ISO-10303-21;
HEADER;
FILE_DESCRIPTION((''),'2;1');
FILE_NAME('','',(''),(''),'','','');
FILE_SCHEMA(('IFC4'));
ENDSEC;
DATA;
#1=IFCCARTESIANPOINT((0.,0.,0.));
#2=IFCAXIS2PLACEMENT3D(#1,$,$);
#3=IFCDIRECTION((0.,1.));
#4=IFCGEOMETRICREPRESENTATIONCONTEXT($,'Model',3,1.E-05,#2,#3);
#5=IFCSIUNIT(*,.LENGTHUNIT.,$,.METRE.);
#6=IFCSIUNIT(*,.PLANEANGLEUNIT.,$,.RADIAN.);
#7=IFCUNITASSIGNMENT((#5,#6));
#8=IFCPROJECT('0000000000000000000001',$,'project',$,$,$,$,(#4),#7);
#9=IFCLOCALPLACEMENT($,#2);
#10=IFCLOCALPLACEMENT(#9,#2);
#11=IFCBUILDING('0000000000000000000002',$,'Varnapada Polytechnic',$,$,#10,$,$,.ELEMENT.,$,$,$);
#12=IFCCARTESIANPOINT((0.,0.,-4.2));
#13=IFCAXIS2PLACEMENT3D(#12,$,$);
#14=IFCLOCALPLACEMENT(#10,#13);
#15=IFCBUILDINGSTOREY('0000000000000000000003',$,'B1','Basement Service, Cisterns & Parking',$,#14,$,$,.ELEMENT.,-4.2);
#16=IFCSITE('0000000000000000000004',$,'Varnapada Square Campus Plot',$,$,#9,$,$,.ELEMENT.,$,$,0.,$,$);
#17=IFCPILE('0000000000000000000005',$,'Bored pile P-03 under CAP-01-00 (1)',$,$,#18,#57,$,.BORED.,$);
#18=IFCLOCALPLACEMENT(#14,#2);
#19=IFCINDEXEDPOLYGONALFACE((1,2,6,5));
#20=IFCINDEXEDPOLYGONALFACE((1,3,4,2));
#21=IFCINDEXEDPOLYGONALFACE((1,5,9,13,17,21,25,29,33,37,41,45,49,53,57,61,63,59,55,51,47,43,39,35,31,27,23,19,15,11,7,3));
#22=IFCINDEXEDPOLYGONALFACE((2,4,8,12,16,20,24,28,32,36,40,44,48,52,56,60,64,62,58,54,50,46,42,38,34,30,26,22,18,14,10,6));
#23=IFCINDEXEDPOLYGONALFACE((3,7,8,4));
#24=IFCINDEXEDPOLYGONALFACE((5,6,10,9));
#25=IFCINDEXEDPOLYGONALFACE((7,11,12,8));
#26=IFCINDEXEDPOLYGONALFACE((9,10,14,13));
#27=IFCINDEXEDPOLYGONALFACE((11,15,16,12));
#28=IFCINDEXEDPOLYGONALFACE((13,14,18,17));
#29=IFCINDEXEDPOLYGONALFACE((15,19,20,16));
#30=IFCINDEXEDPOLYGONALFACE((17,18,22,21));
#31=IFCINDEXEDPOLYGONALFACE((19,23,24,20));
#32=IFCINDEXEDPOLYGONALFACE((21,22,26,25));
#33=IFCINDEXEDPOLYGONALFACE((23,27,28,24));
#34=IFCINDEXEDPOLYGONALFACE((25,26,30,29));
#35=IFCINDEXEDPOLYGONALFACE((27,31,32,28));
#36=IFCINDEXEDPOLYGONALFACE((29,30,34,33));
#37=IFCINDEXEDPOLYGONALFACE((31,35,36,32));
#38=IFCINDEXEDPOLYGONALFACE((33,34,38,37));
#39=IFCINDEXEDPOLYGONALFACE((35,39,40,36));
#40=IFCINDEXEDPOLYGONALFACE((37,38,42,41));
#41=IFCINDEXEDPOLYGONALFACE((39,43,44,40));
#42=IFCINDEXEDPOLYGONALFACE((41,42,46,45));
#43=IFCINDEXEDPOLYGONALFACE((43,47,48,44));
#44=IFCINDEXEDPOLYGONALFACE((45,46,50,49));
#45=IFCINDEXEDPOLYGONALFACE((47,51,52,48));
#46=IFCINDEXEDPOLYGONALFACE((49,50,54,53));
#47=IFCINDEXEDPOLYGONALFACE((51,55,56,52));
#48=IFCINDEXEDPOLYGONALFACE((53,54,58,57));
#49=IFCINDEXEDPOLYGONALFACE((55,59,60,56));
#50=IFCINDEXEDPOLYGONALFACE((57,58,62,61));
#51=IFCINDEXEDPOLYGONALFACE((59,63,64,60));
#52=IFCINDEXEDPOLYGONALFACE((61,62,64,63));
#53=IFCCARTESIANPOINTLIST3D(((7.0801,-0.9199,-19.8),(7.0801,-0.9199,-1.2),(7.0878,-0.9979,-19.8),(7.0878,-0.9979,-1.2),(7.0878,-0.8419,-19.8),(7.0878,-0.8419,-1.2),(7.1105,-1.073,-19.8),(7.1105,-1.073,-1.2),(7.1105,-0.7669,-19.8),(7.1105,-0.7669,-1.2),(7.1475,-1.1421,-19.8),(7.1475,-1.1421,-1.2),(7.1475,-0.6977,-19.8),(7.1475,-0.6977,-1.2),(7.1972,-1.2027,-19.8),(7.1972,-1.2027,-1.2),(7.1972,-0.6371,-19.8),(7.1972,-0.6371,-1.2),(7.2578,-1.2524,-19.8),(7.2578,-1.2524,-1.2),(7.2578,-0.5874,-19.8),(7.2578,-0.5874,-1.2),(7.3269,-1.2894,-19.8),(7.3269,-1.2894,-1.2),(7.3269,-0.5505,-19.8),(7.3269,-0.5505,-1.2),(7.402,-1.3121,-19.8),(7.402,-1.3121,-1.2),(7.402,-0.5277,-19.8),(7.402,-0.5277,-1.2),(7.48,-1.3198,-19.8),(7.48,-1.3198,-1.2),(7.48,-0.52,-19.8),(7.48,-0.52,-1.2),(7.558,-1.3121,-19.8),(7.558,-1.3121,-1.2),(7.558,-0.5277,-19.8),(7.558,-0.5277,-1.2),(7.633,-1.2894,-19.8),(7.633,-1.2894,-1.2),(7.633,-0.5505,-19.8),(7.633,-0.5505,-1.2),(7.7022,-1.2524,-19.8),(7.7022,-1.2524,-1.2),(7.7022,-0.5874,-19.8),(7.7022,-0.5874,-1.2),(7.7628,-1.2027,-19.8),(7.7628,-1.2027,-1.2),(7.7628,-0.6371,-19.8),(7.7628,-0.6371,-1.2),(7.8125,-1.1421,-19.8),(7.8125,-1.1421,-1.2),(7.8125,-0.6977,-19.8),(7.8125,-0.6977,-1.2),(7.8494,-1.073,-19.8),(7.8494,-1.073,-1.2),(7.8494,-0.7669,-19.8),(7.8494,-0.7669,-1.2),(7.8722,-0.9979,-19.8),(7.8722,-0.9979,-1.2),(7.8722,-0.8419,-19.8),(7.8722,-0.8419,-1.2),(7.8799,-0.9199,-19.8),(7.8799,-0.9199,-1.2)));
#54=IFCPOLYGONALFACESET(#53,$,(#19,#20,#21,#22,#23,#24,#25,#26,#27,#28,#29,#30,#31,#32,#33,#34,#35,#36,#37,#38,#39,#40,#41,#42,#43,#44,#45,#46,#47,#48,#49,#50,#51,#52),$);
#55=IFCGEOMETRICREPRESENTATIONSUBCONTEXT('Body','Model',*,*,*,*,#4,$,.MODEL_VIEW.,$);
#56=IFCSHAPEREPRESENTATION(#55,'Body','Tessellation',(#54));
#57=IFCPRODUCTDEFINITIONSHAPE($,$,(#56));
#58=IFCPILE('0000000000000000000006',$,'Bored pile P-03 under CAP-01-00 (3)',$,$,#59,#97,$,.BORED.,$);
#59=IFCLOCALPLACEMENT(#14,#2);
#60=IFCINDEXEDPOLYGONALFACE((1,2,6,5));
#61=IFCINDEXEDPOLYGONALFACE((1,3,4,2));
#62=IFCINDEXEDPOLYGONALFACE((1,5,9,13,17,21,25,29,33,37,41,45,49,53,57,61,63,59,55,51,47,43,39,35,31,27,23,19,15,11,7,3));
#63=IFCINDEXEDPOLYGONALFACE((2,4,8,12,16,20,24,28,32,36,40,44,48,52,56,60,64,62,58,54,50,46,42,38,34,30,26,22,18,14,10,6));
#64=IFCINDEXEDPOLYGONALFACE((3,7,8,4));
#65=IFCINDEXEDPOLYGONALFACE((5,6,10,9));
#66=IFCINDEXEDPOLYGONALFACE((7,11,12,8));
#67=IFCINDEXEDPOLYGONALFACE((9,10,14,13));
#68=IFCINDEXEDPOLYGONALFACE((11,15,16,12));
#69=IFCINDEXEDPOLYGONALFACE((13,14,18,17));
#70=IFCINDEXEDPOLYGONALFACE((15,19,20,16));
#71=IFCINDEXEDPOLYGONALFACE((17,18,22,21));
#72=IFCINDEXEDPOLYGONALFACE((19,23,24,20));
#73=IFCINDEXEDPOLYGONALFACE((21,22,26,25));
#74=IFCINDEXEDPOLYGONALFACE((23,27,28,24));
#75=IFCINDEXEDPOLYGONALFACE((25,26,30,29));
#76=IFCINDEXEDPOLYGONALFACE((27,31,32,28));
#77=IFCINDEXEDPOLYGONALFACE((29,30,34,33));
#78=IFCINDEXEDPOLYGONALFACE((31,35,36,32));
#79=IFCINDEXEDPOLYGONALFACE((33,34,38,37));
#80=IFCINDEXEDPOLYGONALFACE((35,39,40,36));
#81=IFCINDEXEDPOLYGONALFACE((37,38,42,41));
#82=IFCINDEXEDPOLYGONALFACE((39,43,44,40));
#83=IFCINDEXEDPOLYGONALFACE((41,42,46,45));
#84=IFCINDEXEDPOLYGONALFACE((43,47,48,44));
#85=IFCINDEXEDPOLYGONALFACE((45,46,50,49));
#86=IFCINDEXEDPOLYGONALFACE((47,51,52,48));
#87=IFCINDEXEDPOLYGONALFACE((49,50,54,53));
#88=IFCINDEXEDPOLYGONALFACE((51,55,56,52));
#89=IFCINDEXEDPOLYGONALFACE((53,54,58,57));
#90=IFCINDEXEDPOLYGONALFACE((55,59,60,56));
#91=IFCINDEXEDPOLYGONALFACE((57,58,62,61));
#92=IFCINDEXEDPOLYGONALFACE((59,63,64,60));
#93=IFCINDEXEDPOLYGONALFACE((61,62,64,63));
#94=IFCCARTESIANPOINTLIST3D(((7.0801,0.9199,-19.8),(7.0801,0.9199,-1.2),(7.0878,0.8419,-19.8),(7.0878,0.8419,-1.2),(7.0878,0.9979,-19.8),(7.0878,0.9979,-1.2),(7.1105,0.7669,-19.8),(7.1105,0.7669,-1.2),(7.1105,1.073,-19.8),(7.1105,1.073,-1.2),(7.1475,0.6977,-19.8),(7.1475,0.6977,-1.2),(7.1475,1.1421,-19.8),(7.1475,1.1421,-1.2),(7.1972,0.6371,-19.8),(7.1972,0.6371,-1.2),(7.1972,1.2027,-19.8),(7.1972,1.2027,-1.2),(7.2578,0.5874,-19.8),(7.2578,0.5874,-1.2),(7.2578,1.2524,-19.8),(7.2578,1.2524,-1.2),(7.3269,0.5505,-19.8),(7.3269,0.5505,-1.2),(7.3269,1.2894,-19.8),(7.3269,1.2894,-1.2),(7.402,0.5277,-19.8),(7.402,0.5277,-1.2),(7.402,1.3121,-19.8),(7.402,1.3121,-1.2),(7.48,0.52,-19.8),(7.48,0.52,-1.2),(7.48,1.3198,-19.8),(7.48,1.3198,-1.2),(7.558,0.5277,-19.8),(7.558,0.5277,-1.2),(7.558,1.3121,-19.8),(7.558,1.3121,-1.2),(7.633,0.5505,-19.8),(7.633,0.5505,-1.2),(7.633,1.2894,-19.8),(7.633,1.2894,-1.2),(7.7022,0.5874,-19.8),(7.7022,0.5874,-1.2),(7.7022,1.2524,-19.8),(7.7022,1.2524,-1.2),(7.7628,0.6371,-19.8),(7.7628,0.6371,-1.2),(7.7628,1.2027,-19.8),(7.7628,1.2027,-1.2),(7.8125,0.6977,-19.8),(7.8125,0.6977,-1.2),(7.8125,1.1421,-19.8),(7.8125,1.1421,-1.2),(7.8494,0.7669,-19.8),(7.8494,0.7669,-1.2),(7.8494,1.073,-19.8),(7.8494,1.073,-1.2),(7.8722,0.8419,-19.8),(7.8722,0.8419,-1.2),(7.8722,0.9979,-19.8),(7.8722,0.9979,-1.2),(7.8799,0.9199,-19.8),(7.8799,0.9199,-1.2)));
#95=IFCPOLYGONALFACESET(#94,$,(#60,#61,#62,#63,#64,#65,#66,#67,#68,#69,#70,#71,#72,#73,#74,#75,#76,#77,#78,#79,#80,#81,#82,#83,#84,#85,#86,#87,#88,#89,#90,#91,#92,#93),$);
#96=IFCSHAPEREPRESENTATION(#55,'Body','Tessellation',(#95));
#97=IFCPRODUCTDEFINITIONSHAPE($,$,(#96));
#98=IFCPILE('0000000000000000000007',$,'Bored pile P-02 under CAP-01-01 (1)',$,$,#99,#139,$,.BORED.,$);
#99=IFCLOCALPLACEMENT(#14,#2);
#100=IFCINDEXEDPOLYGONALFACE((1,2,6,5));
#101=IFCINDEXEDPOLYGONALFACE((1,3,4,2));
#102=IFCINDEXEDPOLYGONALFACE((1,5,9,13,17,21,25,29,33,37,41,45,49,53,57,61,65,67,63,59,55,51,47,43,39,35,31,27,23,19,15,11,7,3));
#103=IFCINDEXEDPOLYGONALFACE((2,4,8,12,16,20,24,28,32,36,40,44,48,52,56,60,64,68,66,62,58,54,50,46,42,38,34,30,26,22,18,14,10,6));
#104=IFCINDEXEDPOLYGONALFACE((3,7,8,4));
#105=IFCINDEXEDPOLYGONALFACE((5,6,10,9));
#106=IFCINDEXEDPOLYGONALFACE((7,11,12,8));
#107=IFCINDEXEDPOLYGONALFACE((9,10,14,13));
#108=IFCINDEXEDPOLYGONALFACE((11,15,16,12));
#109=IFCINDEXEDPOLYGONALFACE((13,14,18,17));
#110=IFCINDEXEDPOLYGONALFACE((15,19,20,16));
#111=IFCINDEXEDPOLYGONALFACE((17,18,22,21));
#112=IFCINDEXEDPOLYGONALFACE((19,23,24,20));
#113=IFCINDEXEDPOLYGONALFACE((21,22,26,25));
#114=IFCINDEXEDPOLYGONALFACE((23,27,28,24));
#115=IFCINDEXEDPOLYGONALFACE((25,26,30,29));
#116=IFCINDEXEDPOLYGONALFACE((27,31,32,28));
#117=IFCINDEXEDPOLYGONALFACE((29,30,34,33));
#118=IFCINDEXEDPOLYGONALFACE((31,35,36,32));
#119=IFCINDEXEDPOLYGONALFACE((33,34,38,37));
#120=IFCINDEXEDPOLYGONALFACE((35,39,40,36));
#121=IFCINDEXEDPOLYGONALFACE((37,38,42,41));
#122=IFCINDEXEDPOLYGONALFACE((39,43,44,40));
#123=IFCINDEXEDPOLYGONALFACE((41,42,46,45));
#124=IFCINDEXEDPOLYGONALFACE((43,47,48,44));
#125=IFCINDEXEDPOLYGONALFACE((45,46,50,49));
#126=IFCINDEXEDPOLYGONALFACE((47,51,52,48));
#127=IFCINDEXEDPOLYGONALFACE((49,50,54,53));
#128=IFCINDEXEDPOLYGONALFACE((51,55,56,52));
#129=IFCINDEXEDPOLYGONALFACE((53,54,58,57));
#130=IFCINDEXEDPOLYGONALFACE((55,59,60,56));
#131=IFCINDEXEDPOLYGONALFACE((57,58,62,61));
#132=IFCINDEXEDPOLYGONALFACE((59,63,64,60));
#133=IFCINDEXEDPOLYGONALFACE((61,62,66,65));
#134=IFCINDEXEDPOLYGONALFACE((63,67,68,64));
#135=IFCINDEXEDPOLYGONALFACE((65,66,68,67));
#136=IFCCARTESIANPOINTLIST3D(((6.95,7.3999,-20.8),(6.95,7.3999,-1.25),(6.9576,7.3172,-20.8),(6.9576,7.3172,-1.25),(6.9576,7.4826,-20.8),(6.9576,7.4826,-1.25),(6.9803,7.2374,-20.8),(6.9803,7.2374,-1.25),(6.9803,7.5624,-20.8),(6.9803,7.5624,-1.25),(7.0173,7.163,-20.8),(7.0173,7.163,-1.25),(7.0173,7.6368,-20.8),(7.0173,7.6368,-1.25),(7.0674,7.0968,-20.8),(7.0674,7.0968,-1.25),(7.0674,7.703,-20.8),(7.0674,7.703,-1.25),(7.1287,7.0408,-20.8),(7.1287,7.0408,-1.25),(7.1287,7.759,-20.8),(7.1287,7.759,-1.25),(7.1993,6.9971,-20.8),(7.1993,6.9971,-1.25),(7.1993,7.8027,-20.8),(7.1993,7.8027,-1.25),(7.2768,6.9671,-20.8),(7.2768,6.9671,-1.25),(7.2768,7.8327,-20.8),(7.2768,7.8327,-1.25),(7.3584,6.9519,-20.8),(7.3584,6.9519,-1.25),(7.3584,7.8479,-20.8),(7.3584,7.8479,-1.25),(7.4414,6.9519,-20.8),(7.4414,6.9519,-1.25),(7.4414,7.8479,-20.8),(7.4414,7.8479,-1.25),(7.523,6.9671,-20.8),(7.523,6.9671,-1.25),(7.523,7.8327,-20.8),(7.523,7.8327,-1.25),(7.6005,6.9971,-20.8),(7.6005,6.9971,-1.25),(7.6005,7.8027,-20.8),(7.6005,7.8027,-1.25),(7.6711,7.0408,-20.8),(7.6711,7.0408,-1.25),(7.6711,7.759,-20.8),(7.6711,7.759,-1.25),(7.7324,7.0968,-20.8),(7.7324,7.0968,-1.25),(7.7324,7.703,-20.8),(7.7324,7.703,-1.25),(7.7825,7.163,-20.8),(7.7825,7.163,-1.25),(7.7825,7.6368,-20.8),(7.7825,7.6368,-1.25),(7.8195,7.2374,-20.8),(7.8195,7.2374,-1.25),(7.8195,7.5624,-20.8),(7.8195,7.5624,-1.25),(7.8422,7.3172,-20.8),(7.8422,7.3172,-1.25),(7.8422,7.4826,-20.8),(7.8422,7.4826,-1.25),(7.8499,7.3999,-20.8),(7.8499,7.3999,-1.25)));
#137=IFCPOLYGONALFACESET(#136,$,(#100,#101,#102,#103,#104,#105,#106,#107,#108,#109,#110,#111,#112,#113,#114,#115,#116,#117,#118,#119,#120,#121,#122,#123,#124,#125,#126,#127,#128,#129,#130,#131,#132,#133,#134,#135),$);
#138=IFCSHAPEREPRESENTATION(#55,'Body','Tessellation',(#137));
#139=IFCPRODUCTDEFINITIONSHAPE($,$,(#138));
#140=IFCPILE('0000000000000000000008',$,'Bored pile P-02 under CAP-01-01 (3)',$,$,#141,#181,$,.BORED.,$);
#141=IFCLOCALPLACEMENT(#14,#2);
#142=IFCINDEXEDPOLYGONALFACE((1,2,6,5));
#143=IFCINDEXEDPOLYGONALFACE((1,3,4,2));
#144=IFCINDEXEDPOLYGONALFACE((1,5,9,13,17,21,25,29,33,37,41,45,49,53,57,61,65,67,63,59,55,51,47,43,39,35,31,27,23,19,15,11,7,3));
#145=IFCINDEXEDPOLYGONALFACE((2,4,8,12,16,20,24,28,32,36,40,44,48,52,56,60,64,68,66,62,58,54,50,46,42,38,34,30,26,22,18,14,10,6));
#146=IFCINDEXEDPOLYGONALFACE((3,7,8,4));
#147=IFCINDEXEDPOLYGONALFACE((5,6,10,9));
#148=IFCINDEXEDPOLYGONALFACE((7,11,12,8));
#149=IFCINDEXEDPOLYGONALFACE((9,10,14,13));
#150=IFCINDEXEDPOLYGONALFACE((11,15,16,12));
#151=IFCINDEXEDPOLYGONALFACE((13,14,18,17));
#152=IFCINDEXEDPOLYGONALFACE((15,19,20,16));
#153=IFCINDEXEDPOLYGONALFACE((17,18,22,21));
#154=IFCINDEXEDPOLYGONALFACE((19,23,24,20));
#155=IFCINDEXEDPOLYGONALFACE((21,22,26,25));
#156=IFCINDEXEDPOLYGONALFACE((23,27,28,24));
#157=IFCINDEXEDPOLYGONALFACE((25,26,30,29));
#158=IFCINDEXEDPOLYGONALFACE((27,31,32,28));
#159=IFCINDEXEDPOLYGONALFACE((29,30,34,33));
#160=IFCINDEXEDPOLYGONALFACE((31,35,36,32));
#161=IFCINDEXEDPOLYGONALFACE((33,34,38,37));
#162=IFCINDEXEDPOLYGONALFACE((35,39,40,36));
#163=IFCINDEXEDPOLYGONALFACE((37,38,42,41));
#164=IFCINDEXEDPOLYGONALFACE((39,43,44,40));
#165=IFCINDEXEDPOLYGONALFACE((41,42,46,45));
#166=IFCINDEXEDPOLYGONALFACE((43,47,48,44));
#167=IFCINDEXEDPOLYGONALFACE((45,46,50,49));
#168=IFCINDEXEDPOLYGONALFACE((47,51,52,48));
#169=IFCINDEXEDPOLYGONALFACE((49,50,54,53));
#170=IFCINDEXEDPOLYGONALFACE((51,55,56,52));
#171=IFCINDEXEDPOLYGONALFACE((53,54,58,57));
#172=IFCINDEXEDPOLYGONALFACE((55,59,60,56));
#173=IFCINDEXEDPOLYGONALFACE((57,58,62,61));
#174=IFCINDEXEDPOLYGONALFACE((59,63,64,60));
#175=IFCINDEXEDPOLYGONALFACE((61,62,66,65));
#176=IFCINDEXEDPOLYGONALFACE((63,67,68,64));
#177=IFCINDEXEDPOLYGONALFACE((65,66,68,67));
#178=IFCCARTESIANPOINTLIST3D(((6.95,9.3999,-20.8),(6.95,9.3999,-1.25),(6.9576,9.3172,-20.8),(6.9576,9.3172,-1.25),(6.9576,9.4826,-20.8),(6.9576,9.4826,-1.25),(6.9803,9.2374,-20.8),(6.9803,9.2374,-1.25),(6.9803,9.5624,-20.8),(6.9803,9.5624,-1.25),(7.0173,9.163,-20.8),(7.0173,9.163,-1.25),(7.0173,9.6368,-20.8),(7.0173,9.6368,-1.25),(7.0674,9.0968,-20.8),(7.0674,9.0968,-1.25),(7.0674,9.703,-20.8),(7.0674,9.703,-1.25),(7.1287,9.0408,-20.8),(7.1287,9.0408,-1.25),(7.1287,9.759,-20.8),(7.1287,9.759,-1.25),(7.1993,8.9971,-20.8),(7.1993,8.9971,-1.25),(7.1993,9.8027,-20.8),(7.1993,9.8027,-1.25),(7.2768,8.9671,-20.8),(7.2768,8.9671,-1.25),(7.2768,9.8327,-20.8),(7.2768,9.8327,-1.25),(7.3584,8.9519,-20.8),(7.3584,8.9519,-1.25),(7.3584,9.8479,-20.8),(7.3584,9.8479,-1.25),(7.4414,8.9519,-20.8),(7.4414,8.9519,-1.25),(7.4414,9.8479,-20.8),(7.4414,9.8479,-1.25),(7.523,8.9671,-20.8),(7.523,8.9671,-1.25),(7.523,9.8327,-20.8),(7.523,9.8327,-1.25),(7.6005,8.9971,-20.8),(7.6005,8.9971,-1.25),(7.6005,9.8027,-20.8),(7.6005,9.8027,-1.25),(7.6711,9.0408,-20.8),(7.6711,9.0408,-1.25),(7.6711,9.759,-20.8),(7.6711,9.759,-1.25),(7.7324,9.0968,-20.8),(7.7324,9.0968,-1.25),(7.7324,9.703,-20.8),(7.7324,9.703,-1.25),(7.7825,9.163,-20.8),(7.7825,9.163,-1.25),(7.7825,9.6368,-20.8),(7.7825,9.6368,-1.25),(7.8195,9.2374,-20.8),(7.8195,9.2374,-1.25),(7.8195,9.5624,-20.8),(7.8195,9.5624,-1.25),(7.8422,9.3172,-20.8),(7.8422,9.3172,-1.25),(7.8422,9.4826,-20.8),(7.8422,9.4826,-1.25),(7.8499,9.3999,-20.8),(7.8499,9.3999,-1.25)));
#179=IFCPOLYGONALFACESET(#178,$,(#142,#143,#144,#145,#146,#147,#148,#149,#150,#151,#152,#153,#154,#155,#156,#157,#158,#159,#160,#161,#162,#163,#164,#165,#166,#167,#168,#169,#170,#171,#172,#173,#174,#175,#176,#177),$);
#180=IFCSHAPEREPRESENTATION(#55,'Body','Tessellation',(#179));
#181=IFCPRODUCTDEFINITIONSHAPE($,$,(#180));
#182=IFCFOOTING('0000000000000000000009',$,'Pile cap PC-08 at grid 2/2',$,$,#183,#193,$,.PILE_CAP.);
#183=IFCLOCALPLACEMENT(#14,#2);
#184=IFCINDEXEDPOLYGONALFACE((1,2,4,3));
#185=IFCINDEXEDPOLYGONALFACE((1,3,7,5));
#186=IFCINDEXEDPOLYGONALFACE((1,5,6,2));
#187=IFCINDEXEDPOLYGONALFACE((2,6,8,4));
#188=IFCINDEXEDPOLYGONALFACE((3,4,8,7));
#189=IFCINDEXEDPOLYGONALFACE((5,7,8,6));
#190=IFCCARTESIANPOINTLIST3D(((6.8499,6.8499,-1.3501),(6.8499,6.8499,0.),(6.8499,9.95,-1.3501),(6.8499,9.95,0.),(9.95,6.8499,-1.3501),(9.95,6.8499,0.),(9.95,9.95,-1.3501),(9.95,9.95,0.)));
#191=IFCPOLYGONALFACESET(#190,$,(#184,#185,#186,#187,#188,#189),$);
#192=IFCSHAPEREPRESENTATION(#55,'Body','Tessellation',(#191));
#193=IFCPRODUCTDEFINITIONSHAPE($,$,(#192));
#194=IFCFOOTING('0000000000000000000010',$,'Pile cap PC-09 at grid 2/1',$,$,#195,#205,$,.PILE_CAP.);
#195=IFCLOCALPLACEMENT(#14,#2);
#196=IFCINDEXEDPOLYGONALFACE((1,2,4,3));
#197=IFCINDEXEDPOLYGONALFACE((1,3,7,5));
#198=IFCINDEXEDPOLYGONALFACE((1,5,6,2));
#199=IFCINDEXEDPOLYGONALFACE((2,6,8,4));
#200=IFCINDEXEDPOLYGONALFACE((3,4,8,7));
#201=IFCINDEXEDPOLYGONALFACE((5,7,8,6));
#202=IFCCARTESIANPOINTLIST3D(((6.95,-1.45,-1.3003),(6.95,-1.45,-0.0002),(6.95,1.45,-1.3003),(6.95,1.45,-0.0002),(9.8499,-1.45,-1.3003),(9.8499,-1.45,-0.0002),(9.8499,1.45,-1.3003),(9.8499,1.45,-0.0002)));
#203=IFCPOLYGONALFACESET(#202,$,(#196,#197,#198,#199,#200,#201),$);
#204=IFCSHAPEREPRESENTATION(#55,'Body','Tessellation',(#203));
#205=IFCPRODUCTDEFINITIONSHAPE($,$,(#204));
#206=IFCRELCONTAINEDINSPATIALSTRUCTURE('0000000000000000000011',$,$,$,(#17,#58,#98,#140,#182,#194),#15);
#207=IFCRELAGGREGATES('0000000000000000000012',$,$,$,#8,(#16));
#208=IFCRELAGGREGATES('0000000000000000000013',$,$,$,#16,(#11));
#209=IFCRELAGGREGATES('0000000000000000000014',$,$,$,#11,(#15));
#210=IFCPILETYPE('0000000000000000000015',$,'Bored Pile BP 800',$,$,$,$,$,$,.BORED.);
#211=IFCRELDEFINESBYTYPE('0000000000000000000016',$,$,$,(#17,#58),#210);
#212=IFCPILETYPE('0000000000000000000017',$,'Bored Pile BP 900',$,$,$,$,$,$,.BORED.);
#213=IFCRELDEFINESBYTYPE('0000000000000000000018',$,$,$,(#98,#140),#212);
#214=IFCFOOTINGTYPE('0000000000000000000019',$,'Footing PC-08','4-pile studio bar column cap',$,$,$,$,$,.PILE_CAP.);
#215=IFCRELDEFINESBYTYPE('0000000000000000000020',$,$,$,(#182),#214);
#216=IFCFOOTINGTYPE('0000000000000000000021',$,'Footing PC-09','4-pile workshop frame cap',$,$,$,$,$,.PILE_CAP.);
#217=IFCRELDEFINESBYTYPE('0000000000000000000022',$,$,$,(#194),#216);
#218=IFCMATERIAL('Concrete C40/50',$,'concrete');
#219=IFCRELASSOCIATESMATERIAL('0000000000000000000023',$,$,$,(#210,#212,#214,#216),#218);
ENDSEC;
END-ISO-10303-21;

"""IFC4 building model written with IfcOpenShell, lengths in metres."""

from ifc_helpers import new_model, si_unit, direction, frame, origin, origin_2d, place, context, subcontext, project, spatial, rectangle, circle, extrude, material, material_profile, profile_set, type_object, element, save


model = new_model("IFC4")

# Units and contexts
model_context = context("Model", 3, precision=1e-05, world=origin(), true_north=direction((0.0, 1.0)))
body_context = subcontext(model_context, "Body", "Model", "MODEL_VIEW")
ifc_project = project(units=[si_unit("LENGTHUNIT", "METRE"), si_unit("PLANEANGLEUNIT", "RADIAN")], contexts=[model_context])

# Site, building, storey
site_placement = place(None, origin())
site = spatial("IfcSite", under=ifc_project, at=site_placement, Name="Varnapada Square Campus Plot", CompositionType="ELEMENT", RefElevation=0.0)
building_placement = place(site_placement, origin())
building = spatial("IfcBuilding", under=site, at=building_placement, Name="Varnapada Polytechnic", CompositionType="ELEMENT")
storey_placement = place(building_placement, frame((0.0, 0.0, -4.2)))
storey = spatial("IfcBuildingStorey", under=building, at=storey_placement, Name="B1", Description="Basement Service, Cisterns & Parking", CompositionType="ELEMENT", Elevation=-4.2)

# Piles
ifc_material = material(Name="Concrete C40/50", Category="concrete")
ifc_material_profile_1 = material_profile(ifc_material, circle(Radius=0.3999, at=origin_2d()), Name="BP 800")
ifc_profile_set_1 = profile_set([ifc_material_profile_1], Name="Concrete C40/50")
pile_type_1 = type_object("IfcPileType", Name="Bored Pile BP 800", PredefinedType="BORED", material=ifc_profile_set_1)
for number, where, z_axis, x_axis, name in (
    (1, (7.48, -0.9199, -1.2), (0.0, 0.0, -1.0), (1.0, 0.0, 0.0), "Bored pile P-03 under CAP-01-00 (1)"),
    (2, (7.48, 0.9199, -1.2), (0.0, 0.0, -1.0), (1.0, 0.0, 0.0), "Bored pile P-03 under CAP-01-00 (3)"),
):
    element("IfcPile", number, at=place(storey_placement, frame(where, z_axis=z_axis, x_axis=x_axis)), inside=storey, type_object=pile_type_1, Name=name, PredefinedType="BORED", context=body_context, shape_type="SweptSolid", body=[
        extrude(circle(Radius=0.3999, at=origin_2d()), origin(), (0.0, 0.0, 1.0), 18.6001),
    ])
ifc_material_profile_2 = material_profile(ifc_material, circle(Radius=0.45, at=origin_2d()), Name="BP 900")
ifc_profile_set_2 = profile_set([ifc_material_profile_2], Name="Concrete C40/50")
pile_type_2 = type_object("IfcPileType", Name="Bored Pile BP 900", PredefinedType="BORED", material=ifc_profile_set_2)
for number, where, z_axis, x_axis, name in (
    (3, (7.3999, 7.3999, -1.25), (0.0, 0.0, -1.0), (1.0, 0.0, 0.0), "Bored pile P-02 under CAP-01-01 (1)"),
    (4, (7.3999, 9.3999, -1.25), (0.0, 0.0, -1.0), (1.0, 0.0, 0.0), "Bored pile P-02 under CAP-01-01 (3)"),
):
    element("IfcPile", number, at=place(storey_placement, frame(where, z_axis=z_axis, x_axis=x_axis)), inside=storey, type_object=pile_type_2, Name=name, PredefinedType="BORED", context=body_context, shape_type="SweptSolid", body=[
        extrude(circle(Radius=0.45, at=origin_2d()), origin(), (0.0, 0.0, 1.0), 19.55),
    ])

# Footings
footing_type_1 = type_object("IfcFootingType", Name="Footing PC-08", Description="4-pile studio bar column cap", PredefinedType="PILE_CAP", material=ifc_material)
footing_1_placement = place(storey_placement, frame((8.3999, 8.3999, -1.3501), z_axis=(0.0, 0.0, 1.0), x_axis=(1.0, 0.0, 0.0)))
element("IfcFooting", 5, at=footing_1_placement, inside=storey, type_object=footing_type_1, Name="Pile cap PC-08 at grid 2/2", PredefinedType="PILE_CAP", context=body_context, shape_type="SweptSolid", body=[
    extrude(rectangle(XDim=3.1001, YDim=3.1001, at=origin_2d()), origin(), (0.0, 0.0, 1.0), 1.3501),
])
footing_type_2 = type_object("IfcFootingType", Name="Footing PC-09", Description="4-pile workshop frame cap", PredefinedType="PILE_CAP", material=ifc_material)
footing_2_placement = place(storey_placement, frame((8.3999, 0.0, -1.3003), z_axis=(0.0, 0.0, 1.0), x_axis=(1.0, 0.0, 0.0)))
element("IfcFooting", 6, at=footing_2_placement, inside=storey, type_object=footing_type_2, Name="Pile cap PC-09 at grid 2/1", PredefinedType="PILE_CAP", context=body_context, shape_type="SweptSolid", body=[
    extrude(rectangle(XDim=2.8999, YDim=2.8999, at=origin_2d()), origin(), (0.0, 0.0, 1.0), 1.3),
])

save(model, "model.ifc")
